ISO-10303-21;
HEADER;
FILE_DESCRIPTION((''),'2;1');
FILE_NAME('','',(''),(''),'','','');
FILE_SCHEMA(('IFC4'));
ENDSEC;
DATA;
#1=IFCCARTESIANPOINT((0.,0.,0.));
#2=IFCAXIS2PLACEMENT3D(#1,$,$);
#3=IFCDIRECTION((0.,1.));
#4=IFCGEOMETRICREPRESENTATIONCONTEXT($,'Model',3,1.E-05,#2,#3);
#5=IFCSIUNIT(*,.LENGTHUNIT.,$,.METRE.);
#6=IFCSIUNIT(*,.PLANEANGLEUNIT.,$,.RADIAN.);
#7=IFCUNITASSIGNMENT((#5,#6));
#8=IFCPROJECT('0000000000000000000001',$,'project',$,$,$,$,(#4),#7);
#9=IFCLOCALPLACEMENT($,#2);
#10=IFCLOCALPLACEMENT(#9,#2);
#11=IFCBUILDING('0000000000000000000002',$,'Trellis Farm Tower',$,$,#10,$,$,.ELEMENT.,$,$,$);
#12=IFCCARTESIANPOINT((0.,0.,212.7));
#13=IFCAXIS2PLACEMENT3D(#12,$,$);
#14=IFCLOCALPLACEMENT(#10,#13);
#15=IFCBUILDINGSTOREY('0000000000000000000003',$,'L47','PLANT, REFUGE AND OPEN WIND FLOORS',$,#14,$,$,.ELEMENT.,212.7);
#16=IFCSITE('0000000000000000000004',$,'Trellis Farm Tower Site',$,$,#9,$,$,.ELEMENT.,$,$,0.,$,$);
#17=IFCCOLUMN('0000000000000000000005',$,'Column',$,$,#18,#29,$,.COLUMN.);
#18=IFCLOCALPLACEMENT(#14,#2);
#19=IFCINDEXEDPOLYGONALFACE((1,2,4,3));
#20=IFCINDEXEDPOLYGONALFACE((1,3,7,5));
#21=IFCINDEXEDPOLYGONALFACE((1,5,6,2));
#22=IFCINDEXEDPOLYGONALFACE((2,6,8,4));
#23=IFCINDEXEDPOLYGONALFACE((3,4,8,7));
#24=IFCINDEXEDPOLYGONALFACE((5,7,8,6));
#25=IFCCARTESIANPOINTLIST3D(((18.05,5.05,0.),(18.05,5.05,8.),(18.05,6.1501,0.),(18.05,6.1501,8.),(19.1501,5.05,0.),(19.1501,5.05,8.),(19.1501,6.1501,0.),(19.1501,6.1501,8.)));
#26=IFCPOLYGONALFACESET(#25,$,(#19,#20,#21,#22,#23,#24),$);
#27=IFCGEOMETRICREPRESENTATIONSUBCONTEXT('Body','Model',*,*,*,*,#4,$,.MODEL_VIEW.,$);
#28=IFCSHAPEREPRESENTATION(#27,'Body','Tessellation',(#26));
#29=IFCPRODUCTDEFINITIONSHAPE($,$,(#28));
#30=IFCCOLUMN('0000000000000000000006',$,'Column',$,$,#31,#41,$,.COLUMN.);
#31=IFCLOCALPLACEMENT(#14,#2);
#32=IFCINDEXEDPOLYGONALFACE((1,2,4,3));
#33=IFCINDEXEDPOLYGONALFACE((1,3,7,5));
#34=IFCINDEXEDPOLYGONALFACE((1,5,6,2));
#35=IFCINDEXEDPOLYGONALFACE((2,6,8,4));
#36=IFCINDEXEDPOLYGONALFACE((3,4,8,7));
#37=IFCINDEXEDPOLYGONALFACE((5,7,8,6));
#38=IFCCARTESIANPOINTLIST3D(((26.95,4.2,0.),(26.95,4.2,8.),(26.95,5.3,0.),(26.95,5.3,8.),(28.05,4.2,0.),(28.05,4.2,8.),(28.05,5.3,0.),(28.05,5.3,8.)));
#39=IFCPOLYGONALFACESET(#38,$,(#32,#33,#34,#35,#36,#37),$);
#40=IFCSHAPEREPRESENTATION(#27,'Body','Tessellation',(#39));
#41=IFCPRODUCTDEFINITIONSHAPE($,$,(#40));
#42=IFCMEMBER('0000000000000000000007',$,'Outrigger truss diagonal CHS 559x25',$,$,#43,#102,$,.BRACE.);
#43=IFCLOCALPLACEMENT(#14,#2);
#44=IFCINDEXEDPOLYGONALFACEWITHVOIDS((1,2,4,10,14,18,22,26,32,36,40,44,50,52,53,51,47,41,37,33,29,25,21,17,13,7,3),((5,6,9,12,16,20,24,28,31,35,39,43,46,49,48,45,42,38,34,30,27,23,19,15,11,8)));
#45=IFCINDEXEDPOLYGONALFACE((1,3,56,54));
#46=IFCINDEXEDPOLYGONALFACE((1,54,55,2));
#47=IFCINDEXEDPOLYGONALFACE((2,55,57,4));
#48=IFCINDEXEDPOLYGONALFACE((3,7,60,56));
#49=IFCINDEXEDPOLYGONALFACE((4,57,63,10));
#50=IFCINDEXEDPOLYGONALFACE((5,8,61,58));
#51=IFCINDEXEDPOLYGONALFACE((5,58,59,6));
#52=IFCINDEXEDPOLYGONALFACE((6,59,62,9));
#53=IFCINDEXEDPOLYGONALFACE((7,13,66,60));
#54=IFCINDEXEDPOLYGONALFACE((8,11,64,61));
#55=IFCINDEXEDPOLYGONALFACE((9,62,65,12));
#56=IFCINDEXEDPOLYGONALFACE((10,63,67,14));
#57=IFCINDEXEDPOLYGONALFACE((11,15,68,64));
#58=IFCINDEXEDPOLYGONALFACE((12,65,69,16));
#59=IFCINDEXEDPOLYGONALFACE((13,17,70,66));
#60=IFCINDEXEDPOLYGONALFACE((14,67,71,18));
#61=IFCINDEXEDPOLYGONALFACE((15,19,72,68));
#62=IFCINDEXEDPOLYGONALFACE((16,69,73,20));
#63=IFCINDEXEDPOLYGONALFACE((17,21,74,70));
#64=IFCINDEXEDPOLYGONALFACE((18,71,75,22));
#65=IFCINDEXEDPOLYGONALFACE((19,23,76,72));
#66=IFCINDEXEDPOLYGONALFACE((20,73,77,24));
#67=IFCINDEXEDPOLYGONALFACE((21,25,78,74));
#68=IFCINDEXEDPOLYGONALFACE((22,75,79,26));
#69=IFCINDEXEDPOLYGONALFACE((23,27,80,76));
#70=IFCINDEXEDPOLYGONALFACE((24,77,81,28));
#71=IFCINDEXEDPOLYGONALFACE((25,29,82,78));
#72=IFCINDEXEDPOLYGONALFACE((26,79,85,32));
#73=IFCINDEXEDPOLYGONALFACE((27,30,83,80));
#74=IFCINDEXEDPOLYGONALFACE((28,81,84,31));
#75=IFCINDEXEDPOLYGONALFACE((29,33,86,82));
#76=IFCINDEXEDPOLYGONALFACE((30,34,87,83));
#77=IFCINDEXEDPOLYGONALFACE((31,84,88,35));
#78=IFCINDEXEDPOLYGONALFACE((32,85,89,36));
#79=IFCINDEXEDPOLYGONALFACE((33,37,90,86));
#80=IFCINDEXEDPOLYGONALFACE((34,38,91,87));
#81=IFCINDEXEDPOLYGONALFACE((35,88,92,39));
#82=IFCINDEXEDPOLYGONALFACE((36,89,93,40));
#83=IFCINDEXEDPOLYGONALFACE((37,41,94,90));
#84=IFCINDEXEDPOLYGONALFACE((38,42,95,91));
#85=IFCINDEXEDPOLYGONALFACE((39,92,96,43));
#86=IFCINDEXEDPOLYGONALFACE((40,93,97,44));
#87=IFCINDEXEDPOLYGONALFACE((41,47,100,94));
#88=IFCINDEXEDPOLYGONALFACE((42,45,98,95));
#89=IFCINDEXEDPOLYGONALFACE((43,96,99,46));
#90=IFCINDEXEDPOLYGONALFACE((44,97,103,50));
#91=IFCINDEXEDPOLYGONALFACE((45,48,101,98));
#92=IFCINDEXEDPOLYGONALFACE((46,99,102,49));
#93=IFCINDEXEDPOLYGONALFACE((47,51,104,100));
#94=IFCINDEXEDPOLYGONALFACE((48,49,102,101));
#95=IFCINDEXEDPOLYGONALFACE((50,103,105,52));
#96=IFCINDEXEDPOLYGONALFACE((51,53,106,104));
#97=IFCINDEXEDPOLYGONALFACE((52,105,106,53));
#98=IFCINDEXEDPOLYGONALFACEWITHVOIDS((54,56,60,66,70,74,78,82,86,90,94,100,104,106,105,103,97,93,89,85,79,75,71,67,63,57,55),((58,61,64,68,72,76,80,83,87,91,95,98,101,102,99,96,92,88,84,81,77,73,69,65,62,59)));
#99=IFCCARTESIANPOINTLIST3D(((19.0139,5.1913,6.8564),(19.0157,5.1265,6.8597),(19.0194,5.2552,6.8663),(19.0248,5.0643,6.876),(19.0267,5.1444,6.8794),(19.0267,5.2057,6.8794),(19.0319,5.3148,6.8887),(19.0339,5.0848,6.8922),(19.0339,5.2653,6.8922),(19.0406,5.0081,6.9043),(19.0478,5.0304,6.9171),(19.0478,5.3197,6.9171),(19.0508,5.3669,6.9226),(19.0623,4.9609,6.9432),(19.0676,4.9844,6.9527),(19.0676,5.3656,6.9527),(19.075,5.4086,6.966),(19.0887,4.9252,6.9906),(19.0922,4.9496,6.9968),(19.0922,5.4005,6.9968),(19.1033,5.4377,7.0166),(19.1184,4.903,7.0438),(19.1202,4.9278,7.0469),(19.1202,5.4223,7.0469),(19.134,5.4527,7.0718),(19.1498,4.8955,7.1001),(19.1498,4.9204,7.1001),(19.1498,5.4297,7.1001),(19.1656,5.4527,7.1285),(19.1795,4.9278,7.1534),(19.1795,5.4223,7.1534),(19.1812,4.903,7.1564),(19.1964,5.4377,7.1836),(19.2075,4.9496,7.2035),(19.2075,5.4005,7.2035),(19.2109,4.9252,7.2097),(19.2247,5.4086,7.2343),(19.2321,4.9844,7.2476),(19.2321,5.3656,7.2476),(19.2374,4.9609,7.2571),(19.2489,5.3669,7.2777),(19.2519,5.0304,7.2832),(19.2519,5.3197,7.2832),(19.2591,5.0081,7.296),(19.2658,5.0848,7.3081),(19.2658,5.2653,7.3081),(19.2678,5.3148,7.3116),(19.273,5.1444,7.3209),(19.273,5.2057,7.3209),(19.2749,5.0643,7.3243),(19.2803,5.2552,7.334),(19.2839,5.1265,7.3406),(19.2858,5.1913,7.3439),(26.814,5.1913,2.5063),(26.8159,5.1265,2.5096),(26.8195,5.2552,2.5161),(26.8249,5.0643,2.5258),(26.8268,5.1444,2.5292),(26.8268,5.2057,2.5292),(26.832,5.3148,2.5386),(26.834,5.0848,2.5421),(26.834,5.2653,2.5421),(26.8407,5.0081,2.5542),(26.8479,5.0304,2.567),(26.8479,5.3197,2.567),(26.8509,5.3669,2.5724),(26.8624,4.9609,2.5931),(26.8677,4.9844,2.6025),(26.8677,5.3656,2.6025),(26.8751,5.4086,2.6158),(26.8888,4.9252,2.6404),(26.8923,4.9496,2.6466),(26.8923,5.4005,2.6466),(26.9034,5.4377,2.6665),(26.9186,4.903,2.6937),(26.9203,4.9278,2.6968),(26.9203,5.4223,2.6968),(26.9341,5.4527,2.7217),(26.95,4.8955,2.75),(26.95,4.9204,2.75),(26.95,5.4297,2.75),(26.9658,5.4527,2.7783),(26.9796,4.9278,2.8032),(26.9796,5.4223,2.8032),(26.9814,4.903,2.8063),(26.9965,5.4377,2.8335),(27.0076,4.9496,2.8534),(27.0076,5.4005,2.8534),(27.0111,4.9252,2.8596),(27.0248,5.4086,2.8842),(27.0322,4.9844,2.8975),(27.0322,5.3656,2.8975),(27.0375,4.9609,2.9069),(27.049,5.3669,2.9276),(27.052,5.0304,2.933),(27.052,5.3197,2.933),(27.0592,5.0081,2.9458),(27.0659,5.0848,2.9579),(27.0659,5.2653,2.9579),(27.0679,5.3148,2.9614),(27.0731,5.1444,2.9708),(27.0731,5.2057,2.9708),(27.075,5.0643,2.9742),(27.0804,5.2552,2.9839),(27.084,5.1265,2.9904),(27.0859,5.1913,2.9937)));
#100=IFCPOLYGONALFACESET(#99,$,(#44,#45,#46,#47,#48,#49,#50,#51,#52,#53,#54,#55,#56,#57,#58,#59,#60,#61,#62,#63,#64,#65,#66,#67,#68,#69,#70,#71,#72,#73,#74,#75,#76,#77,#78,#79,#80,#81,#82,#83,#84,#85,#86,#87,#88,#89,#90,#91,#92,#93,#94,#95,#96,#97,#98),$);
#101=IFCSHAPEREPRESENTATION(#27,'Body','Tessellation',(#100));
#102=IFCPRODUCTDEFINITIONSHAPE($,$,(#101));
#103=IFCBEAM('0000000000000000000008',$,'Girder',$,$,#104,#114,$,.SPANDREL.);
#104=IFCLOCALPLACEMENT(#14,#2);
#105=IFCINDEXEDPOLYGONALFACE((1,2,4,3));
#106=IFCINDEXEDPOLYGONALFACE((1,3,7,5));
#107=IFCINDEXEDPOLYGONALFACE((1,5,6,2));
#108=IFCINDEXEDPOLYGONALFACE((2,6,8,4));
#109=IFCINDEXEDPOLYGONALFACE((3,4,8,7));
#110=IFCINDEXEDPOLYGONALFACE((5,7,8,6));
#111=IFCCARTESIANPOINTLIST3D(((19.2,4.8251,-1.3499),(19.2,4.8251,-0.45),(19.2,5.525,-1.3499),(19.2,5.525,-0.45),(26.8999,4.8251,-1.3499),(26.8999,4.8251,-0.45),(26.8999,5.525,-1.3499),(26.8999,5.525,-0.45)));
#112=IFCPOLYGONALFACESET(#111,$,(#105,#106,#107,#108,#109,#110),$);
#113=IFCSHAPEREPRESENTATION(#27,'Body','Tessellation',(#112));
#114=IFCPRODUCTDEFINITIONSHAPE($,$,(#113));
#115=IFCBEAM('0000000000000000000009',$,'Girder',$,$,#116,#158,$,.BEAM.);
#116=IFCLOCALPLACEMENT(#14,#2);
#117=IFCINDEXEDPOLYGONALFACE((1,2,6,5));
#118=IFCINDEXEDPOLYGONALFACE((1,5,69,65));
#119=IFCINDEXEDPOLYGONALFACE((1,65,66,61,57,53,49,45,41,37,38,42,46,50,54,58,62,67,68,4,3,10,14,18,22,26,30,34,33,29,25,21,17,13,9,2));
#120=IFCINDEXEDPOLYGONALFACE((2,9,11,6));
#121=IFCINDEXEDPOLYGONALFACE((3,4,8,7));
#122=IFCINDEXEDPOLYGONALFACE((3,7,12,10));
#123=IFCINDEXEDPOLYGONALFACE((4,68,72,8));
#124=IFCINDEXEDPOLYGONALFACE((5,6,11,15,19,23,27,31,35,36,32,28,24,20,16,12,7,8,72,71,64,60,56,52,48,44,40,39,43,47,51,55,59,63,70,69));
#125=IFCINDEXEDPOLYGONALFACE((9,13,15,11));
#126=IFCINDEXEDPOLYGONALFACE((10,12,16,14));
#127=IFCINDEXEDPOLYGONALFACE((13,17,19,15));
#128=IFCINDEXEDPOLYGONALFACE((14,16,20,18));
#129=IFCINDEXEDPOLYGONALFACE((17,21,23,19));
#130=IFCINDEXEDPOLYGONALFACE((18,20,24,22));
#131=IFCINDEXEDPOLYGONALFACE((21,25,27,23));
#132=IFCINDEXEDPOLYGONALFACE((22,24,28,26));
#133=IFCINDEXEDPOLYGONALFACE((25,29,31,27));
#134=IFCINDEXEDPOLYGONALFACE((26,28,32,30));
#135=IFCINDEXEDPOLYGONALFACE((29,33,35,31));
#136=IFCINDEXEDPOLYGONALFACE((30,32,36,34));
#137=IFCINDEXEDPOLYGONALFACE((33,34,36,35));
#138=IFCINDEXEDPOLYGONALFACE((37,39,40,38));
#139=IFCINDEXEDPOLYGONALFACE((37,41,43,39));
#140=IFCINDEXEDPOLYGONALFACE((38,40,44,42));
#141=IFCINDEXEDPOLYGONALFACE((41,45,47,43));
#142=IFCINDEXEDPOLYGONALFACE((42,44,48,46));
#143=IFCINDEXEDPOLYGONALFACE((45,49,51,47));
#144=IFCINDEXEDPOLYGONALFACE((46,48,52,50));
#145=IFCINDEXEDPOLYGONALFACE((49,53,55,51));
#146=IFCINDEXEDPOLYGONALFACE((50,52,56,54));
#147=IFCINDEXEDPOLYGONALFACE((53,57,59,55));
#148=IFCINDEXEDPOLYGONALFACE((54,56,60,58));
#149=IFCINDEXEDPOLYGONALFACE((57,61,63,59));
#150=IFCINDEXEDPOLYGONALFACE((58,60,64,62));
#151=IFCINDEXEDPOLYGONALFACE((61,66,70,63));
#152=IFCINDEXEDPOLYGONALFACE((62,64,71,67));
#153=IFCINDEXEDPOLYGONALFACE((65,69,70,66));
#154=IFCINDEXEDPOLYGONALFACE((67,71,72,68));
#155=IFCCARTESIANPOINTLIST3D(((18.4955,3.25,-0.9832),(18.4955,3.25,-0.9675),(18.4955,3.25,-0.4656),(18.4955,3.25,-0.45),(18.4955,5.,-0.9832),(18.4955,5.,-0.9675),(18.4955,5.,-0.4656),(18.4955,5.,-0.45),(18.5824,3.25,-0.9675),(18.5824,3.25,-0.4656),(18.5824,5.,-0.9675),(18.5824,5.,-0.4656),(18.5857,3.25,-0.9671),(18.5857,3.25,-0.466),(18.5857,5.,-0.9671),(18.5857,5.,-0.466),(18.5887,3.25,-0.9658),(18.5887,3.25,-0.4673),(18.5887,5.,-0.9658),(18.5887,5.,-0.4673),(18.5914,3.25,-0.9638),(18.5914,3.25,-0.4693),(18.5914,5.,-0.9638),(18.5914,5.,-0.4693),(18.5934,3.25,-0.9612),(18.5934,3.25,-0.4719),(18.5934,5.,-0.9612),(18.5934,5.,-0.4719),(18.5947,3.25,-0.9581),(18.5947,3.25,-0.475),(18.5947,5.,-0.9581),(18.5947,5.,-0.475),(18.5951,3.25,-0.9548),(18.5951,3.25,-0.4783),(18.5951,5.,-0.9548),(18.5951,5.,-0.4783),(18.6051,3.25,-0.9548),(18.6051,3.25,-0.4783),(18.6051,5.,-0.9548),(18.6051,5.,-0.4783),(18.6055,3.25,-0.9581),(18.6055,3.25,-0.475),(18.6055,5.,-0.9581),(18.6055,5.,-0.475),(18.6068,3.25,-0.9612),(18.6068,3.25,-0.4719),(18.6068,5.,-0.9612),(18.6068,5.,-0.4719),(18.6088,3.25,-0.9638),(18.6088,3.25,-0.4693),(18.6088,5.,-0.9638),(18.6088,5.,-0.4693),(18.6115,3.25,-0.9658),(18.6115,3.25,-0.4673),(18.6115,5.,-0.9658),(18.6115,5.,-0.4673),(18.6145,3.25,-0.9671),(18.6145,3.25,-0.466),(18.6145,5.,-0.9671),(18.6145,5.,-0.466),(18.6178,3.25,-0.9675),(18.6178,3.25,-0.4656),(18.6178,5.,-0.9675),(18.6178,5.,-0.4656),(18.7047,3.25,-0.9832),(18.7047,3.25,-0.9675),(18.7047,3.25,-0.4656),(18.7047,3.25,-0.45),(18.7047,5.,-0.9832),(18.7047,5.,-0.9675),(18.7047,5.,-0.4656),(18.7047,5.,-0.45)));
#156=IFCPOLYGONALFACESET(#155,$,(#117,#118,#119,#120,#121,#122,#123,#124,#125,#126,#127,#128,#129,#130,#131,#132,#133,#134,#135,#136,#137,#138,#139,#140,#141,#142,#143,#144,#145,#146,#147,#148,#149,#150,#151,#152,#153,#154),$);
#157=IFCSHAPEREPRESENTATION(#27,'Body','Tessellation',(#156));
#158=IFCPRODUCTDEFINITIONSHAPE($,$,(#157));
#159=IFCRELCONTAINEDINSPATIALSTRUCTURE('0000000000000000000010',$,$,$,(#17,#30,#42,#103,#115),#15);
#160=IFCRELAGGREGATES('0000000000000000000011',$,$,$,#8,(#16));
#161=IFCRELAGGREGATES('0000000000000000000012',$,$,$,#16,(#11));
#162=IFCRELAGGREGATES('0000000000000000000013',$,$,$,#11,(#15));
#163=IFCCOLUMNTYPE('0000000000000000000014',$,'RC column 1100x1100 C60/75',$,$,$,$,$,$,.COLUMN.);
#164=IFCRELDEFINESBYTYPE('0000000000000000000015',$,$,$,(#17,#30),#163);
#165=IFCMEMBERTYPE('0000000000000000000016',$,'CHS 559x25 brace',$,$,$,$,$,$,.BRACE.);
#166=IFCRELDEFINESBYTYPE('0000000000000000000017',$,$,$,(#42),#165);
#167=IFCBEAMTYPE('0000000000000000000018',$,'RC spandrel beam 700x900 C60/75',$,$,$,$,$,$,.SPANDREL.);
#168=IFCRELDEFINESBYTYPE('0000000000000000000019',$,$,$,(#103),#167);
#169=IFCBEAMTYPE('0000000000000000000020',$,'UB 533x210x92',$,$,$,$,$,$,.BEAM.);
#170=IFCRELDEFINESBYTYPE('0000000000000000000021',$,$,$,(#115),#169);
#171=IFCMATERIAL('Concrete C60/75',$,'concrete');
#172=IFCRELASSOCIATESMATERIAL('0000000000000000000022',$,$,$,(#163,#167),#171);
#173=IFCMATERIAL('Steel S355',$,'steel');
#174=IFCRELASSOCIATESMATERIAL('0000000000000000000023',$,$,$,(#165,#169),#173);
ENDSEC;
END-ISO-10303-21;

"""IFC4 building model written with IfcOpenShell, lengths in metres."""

from ifc_helpers import new_model, si_unit, direction, frame, origin, origin_2d, place, context, subcontext, project, spatial, rectangle, hollow_circle, i_section, extrude, source, transform, mapped, material, material_profile, profile_set, type_object, element, save


model = new_model("IFC4")

# Units and contexts
model_context = context("Model", 3, precision=1e-05, world=origin(), true_north=direction((0.0, 1.0)))
body_context = subcontext(model_context, "Body", "Model", "MODEL_VIEW")
ifc_project = project(units=[si_unit("LENGTHUNIT", "METRE"), si_unit("PLANEANGLEUNIT", "RADIAN")], contexts=[model_context])

# Site, building, storey
site_placement = place(None, origin())
site = spatial("IfcSite", under=ifc_project, at=site_placement, Name="Trellis Farm Tower Site", CompositionType="ELEMENT", RefElevation=0.0)
building_placement = place(site_placement, origin())
building = spatial("IfcBuilding", under=site, at=building_placement, Name="Trellis Farm Tower", CompositionType="ELEMENT")
storey_placement = place(building_placement, frame((0.0, 0.0, 212.7)))
storey = spatial("IfcBuildingStorey", under=building, at=storey_placement, Name="L47", Description="PLANT, REFUGE AND OPEN WIND FLOORS", CompositionType="ELEMENT", Elevation=212.7)

# Columns
ifc_material_1 = material(Name="Concrete C60/75", Category="concrete")
ifc_material_profile_1 = material_profile(ifc_material_1, rectangle(XDim=1.1001, YDim=1.1001, at=origin_2d()), Name="RC column 1100x1100 C60/75")
ifc_profile_set_1 = profile_set([ifc_material_profile_1], Name="Concrete C60/75")
column_type = type_object("IfcColumnType", Name="RC column 1100x1100 C60/75", PredefinedType="COLUMN", material=ifc_profile_set_1)
shared_shape_1 = source(origin(), body_context, "Body", "SweptSolid", [
    extrude(rectangle(XDim=1.1001, YDim=1.1001, at=origin_2d()), origin(), (0.0, 0.0, 1.0), 8.0),
])
for number, where, z_axis, x_axis, name in (
    (1, (18.6001, 5.6001, 0.0), (0.0, 0.0, 1.0), (1.0, 0.0, 0.0), "Column"),
    (2, (27.5, 4.75, 0.0), (0.0, 0.0, 1.0), (1.0, 0.0, 0.0), "Column"),
):
    element("IfcColumn", number, at=place(storey_placement, frame(where, z_axis=z_axis, x_axis=x_axis)), inside=storey, type_object=column_type, Name=name, PredefinedType="COLUMN", context=body_context, shape_type="MappedRepresentation", body=[
        mapped(shared_shape_1, transform((0.0, 0.0, 0.0))),
    ])

# Member
ifc_material_2 = material(Name="Steel S355", Category="steel")
ifc_material_profile_2 = material_profile(ifc_material_2, hollow_circle(Radius=0.2795, WallThickness=0.0249, at=origin_2d()), Name="CHS 559x25")
ifc_profile_set_2 = profile_set([ifc_material_profile_2], Name="Steel S355")
member_type = type_object("IfcMemberType", Name="CHS 559x25 brace", PredefinedType="BRACE", material=ifc_profile_set_2)
member_1_placement = place(storey_placement, frame((26.95, 5.175, 2.75), z_axis=(-0.873361, 0.0, 0.487074), x_axis=(0.0, -1.0, 0.0)))
element("IfcMember", 3, at=member_1_placement, inside=storey, type_object=member_type, Name="Outrigger truss diagonal CHS 559x25", PredefinedType="BRACE", context=body_context, shape_type="SweptSolid", body=[
    extrude(hollow_circle(Radius=0.2795, WallThickness=0.0249, at=origin_2d()), origin(), (0.0, 0.0, 1.0), 8.9312),
])

# Beams
ifc_material_profile_3 = material_profile(ifc_material_1, rectangle(XDim=0.7, YDim=0.8999, at=origin_2d()), Name="RC spandrel beam 700x900 C60/75")
ifc_profile_set_3 = profile_set([ifc_material_profile_3], Name="Concrete C60/75")
beam_type_1 = type_object("IfcBeamType", Name="RC spandrel beam 700x900 C60/75", PredefinedType="SPANDREL", material=ifc_profile_set_3)
shared_shape_2 = source(origin(), body_context, "Body", "SweptSolid", [
    extrude(rectangle(XDim=0.7, YDim=0.8999, at=origin_2d()), origin(), (0.0, 0.0, 1.0), 7.7),
])
beam_1_placement = place(storey_placement, frame((19.2, 5.175, -0.8999), z_axis=(1.0, 0.0, 0.0), x_axis=(0.0, 1.0, 0.0)))
element("IfcBeam", 4, at=beam_1_placement, inside=storey, type_object=beam_type_1, Name="Girder", PredefinedType="SPANDREL", context=body_context, shape_type="MappedRepresentation", body=[
    mapped(shared_shape_2, transform((0.0, 0.0, 0.0))),
])
ifc_material_profile_4 = material_profile(ifc_material_2, i_section(OverallWidth=0.2092, OverallDepth=0.5332, WebThickness=0.01, FlangeThickness=0.0156, FilletRadius=0.0127, at=origin_2d()), Name="UB 533x210x92")
ifc_profile_set_4 = profile_set([ifc_material_profile_4], Name="Steel S355")
beam_type_2 = type_object("IfcBeamType", Name="UB 533x210x92", PredefinedType="BEAM", material=ifc_profile_set_4)
shared_shape_3 = source(origin(), body_context, "Body", "SweptSolid", [
    extrude(i_section(OverallWidth=0.2092, OverallDepth=0.5332, WebThickness=0.01, FlangeThickness=0.0156, FilletRadius=0.0127, at=origin_2d()), origin(), (0.0, 0.0, 1.0), 1.75),
])
beam_2_placement = place(storey_placement, frame((18.6001, 3.25, -0.7166), z_axis=(0.0, 1.0, 0.0), x_axis=(-1.0, 0.0, 0.0)))
element("IfcBeam", 5, at=beam_2_placement, inside=storey, type_object=beam_type_2, Name="Girder", PredefinedType="BEAM", context=body_context, shape_type="MappedRepresentation", body=[
    mapped(shared_shape_3, transform((0.0, 0.0, 0.0))),
])

save(model, "model.ifc")
